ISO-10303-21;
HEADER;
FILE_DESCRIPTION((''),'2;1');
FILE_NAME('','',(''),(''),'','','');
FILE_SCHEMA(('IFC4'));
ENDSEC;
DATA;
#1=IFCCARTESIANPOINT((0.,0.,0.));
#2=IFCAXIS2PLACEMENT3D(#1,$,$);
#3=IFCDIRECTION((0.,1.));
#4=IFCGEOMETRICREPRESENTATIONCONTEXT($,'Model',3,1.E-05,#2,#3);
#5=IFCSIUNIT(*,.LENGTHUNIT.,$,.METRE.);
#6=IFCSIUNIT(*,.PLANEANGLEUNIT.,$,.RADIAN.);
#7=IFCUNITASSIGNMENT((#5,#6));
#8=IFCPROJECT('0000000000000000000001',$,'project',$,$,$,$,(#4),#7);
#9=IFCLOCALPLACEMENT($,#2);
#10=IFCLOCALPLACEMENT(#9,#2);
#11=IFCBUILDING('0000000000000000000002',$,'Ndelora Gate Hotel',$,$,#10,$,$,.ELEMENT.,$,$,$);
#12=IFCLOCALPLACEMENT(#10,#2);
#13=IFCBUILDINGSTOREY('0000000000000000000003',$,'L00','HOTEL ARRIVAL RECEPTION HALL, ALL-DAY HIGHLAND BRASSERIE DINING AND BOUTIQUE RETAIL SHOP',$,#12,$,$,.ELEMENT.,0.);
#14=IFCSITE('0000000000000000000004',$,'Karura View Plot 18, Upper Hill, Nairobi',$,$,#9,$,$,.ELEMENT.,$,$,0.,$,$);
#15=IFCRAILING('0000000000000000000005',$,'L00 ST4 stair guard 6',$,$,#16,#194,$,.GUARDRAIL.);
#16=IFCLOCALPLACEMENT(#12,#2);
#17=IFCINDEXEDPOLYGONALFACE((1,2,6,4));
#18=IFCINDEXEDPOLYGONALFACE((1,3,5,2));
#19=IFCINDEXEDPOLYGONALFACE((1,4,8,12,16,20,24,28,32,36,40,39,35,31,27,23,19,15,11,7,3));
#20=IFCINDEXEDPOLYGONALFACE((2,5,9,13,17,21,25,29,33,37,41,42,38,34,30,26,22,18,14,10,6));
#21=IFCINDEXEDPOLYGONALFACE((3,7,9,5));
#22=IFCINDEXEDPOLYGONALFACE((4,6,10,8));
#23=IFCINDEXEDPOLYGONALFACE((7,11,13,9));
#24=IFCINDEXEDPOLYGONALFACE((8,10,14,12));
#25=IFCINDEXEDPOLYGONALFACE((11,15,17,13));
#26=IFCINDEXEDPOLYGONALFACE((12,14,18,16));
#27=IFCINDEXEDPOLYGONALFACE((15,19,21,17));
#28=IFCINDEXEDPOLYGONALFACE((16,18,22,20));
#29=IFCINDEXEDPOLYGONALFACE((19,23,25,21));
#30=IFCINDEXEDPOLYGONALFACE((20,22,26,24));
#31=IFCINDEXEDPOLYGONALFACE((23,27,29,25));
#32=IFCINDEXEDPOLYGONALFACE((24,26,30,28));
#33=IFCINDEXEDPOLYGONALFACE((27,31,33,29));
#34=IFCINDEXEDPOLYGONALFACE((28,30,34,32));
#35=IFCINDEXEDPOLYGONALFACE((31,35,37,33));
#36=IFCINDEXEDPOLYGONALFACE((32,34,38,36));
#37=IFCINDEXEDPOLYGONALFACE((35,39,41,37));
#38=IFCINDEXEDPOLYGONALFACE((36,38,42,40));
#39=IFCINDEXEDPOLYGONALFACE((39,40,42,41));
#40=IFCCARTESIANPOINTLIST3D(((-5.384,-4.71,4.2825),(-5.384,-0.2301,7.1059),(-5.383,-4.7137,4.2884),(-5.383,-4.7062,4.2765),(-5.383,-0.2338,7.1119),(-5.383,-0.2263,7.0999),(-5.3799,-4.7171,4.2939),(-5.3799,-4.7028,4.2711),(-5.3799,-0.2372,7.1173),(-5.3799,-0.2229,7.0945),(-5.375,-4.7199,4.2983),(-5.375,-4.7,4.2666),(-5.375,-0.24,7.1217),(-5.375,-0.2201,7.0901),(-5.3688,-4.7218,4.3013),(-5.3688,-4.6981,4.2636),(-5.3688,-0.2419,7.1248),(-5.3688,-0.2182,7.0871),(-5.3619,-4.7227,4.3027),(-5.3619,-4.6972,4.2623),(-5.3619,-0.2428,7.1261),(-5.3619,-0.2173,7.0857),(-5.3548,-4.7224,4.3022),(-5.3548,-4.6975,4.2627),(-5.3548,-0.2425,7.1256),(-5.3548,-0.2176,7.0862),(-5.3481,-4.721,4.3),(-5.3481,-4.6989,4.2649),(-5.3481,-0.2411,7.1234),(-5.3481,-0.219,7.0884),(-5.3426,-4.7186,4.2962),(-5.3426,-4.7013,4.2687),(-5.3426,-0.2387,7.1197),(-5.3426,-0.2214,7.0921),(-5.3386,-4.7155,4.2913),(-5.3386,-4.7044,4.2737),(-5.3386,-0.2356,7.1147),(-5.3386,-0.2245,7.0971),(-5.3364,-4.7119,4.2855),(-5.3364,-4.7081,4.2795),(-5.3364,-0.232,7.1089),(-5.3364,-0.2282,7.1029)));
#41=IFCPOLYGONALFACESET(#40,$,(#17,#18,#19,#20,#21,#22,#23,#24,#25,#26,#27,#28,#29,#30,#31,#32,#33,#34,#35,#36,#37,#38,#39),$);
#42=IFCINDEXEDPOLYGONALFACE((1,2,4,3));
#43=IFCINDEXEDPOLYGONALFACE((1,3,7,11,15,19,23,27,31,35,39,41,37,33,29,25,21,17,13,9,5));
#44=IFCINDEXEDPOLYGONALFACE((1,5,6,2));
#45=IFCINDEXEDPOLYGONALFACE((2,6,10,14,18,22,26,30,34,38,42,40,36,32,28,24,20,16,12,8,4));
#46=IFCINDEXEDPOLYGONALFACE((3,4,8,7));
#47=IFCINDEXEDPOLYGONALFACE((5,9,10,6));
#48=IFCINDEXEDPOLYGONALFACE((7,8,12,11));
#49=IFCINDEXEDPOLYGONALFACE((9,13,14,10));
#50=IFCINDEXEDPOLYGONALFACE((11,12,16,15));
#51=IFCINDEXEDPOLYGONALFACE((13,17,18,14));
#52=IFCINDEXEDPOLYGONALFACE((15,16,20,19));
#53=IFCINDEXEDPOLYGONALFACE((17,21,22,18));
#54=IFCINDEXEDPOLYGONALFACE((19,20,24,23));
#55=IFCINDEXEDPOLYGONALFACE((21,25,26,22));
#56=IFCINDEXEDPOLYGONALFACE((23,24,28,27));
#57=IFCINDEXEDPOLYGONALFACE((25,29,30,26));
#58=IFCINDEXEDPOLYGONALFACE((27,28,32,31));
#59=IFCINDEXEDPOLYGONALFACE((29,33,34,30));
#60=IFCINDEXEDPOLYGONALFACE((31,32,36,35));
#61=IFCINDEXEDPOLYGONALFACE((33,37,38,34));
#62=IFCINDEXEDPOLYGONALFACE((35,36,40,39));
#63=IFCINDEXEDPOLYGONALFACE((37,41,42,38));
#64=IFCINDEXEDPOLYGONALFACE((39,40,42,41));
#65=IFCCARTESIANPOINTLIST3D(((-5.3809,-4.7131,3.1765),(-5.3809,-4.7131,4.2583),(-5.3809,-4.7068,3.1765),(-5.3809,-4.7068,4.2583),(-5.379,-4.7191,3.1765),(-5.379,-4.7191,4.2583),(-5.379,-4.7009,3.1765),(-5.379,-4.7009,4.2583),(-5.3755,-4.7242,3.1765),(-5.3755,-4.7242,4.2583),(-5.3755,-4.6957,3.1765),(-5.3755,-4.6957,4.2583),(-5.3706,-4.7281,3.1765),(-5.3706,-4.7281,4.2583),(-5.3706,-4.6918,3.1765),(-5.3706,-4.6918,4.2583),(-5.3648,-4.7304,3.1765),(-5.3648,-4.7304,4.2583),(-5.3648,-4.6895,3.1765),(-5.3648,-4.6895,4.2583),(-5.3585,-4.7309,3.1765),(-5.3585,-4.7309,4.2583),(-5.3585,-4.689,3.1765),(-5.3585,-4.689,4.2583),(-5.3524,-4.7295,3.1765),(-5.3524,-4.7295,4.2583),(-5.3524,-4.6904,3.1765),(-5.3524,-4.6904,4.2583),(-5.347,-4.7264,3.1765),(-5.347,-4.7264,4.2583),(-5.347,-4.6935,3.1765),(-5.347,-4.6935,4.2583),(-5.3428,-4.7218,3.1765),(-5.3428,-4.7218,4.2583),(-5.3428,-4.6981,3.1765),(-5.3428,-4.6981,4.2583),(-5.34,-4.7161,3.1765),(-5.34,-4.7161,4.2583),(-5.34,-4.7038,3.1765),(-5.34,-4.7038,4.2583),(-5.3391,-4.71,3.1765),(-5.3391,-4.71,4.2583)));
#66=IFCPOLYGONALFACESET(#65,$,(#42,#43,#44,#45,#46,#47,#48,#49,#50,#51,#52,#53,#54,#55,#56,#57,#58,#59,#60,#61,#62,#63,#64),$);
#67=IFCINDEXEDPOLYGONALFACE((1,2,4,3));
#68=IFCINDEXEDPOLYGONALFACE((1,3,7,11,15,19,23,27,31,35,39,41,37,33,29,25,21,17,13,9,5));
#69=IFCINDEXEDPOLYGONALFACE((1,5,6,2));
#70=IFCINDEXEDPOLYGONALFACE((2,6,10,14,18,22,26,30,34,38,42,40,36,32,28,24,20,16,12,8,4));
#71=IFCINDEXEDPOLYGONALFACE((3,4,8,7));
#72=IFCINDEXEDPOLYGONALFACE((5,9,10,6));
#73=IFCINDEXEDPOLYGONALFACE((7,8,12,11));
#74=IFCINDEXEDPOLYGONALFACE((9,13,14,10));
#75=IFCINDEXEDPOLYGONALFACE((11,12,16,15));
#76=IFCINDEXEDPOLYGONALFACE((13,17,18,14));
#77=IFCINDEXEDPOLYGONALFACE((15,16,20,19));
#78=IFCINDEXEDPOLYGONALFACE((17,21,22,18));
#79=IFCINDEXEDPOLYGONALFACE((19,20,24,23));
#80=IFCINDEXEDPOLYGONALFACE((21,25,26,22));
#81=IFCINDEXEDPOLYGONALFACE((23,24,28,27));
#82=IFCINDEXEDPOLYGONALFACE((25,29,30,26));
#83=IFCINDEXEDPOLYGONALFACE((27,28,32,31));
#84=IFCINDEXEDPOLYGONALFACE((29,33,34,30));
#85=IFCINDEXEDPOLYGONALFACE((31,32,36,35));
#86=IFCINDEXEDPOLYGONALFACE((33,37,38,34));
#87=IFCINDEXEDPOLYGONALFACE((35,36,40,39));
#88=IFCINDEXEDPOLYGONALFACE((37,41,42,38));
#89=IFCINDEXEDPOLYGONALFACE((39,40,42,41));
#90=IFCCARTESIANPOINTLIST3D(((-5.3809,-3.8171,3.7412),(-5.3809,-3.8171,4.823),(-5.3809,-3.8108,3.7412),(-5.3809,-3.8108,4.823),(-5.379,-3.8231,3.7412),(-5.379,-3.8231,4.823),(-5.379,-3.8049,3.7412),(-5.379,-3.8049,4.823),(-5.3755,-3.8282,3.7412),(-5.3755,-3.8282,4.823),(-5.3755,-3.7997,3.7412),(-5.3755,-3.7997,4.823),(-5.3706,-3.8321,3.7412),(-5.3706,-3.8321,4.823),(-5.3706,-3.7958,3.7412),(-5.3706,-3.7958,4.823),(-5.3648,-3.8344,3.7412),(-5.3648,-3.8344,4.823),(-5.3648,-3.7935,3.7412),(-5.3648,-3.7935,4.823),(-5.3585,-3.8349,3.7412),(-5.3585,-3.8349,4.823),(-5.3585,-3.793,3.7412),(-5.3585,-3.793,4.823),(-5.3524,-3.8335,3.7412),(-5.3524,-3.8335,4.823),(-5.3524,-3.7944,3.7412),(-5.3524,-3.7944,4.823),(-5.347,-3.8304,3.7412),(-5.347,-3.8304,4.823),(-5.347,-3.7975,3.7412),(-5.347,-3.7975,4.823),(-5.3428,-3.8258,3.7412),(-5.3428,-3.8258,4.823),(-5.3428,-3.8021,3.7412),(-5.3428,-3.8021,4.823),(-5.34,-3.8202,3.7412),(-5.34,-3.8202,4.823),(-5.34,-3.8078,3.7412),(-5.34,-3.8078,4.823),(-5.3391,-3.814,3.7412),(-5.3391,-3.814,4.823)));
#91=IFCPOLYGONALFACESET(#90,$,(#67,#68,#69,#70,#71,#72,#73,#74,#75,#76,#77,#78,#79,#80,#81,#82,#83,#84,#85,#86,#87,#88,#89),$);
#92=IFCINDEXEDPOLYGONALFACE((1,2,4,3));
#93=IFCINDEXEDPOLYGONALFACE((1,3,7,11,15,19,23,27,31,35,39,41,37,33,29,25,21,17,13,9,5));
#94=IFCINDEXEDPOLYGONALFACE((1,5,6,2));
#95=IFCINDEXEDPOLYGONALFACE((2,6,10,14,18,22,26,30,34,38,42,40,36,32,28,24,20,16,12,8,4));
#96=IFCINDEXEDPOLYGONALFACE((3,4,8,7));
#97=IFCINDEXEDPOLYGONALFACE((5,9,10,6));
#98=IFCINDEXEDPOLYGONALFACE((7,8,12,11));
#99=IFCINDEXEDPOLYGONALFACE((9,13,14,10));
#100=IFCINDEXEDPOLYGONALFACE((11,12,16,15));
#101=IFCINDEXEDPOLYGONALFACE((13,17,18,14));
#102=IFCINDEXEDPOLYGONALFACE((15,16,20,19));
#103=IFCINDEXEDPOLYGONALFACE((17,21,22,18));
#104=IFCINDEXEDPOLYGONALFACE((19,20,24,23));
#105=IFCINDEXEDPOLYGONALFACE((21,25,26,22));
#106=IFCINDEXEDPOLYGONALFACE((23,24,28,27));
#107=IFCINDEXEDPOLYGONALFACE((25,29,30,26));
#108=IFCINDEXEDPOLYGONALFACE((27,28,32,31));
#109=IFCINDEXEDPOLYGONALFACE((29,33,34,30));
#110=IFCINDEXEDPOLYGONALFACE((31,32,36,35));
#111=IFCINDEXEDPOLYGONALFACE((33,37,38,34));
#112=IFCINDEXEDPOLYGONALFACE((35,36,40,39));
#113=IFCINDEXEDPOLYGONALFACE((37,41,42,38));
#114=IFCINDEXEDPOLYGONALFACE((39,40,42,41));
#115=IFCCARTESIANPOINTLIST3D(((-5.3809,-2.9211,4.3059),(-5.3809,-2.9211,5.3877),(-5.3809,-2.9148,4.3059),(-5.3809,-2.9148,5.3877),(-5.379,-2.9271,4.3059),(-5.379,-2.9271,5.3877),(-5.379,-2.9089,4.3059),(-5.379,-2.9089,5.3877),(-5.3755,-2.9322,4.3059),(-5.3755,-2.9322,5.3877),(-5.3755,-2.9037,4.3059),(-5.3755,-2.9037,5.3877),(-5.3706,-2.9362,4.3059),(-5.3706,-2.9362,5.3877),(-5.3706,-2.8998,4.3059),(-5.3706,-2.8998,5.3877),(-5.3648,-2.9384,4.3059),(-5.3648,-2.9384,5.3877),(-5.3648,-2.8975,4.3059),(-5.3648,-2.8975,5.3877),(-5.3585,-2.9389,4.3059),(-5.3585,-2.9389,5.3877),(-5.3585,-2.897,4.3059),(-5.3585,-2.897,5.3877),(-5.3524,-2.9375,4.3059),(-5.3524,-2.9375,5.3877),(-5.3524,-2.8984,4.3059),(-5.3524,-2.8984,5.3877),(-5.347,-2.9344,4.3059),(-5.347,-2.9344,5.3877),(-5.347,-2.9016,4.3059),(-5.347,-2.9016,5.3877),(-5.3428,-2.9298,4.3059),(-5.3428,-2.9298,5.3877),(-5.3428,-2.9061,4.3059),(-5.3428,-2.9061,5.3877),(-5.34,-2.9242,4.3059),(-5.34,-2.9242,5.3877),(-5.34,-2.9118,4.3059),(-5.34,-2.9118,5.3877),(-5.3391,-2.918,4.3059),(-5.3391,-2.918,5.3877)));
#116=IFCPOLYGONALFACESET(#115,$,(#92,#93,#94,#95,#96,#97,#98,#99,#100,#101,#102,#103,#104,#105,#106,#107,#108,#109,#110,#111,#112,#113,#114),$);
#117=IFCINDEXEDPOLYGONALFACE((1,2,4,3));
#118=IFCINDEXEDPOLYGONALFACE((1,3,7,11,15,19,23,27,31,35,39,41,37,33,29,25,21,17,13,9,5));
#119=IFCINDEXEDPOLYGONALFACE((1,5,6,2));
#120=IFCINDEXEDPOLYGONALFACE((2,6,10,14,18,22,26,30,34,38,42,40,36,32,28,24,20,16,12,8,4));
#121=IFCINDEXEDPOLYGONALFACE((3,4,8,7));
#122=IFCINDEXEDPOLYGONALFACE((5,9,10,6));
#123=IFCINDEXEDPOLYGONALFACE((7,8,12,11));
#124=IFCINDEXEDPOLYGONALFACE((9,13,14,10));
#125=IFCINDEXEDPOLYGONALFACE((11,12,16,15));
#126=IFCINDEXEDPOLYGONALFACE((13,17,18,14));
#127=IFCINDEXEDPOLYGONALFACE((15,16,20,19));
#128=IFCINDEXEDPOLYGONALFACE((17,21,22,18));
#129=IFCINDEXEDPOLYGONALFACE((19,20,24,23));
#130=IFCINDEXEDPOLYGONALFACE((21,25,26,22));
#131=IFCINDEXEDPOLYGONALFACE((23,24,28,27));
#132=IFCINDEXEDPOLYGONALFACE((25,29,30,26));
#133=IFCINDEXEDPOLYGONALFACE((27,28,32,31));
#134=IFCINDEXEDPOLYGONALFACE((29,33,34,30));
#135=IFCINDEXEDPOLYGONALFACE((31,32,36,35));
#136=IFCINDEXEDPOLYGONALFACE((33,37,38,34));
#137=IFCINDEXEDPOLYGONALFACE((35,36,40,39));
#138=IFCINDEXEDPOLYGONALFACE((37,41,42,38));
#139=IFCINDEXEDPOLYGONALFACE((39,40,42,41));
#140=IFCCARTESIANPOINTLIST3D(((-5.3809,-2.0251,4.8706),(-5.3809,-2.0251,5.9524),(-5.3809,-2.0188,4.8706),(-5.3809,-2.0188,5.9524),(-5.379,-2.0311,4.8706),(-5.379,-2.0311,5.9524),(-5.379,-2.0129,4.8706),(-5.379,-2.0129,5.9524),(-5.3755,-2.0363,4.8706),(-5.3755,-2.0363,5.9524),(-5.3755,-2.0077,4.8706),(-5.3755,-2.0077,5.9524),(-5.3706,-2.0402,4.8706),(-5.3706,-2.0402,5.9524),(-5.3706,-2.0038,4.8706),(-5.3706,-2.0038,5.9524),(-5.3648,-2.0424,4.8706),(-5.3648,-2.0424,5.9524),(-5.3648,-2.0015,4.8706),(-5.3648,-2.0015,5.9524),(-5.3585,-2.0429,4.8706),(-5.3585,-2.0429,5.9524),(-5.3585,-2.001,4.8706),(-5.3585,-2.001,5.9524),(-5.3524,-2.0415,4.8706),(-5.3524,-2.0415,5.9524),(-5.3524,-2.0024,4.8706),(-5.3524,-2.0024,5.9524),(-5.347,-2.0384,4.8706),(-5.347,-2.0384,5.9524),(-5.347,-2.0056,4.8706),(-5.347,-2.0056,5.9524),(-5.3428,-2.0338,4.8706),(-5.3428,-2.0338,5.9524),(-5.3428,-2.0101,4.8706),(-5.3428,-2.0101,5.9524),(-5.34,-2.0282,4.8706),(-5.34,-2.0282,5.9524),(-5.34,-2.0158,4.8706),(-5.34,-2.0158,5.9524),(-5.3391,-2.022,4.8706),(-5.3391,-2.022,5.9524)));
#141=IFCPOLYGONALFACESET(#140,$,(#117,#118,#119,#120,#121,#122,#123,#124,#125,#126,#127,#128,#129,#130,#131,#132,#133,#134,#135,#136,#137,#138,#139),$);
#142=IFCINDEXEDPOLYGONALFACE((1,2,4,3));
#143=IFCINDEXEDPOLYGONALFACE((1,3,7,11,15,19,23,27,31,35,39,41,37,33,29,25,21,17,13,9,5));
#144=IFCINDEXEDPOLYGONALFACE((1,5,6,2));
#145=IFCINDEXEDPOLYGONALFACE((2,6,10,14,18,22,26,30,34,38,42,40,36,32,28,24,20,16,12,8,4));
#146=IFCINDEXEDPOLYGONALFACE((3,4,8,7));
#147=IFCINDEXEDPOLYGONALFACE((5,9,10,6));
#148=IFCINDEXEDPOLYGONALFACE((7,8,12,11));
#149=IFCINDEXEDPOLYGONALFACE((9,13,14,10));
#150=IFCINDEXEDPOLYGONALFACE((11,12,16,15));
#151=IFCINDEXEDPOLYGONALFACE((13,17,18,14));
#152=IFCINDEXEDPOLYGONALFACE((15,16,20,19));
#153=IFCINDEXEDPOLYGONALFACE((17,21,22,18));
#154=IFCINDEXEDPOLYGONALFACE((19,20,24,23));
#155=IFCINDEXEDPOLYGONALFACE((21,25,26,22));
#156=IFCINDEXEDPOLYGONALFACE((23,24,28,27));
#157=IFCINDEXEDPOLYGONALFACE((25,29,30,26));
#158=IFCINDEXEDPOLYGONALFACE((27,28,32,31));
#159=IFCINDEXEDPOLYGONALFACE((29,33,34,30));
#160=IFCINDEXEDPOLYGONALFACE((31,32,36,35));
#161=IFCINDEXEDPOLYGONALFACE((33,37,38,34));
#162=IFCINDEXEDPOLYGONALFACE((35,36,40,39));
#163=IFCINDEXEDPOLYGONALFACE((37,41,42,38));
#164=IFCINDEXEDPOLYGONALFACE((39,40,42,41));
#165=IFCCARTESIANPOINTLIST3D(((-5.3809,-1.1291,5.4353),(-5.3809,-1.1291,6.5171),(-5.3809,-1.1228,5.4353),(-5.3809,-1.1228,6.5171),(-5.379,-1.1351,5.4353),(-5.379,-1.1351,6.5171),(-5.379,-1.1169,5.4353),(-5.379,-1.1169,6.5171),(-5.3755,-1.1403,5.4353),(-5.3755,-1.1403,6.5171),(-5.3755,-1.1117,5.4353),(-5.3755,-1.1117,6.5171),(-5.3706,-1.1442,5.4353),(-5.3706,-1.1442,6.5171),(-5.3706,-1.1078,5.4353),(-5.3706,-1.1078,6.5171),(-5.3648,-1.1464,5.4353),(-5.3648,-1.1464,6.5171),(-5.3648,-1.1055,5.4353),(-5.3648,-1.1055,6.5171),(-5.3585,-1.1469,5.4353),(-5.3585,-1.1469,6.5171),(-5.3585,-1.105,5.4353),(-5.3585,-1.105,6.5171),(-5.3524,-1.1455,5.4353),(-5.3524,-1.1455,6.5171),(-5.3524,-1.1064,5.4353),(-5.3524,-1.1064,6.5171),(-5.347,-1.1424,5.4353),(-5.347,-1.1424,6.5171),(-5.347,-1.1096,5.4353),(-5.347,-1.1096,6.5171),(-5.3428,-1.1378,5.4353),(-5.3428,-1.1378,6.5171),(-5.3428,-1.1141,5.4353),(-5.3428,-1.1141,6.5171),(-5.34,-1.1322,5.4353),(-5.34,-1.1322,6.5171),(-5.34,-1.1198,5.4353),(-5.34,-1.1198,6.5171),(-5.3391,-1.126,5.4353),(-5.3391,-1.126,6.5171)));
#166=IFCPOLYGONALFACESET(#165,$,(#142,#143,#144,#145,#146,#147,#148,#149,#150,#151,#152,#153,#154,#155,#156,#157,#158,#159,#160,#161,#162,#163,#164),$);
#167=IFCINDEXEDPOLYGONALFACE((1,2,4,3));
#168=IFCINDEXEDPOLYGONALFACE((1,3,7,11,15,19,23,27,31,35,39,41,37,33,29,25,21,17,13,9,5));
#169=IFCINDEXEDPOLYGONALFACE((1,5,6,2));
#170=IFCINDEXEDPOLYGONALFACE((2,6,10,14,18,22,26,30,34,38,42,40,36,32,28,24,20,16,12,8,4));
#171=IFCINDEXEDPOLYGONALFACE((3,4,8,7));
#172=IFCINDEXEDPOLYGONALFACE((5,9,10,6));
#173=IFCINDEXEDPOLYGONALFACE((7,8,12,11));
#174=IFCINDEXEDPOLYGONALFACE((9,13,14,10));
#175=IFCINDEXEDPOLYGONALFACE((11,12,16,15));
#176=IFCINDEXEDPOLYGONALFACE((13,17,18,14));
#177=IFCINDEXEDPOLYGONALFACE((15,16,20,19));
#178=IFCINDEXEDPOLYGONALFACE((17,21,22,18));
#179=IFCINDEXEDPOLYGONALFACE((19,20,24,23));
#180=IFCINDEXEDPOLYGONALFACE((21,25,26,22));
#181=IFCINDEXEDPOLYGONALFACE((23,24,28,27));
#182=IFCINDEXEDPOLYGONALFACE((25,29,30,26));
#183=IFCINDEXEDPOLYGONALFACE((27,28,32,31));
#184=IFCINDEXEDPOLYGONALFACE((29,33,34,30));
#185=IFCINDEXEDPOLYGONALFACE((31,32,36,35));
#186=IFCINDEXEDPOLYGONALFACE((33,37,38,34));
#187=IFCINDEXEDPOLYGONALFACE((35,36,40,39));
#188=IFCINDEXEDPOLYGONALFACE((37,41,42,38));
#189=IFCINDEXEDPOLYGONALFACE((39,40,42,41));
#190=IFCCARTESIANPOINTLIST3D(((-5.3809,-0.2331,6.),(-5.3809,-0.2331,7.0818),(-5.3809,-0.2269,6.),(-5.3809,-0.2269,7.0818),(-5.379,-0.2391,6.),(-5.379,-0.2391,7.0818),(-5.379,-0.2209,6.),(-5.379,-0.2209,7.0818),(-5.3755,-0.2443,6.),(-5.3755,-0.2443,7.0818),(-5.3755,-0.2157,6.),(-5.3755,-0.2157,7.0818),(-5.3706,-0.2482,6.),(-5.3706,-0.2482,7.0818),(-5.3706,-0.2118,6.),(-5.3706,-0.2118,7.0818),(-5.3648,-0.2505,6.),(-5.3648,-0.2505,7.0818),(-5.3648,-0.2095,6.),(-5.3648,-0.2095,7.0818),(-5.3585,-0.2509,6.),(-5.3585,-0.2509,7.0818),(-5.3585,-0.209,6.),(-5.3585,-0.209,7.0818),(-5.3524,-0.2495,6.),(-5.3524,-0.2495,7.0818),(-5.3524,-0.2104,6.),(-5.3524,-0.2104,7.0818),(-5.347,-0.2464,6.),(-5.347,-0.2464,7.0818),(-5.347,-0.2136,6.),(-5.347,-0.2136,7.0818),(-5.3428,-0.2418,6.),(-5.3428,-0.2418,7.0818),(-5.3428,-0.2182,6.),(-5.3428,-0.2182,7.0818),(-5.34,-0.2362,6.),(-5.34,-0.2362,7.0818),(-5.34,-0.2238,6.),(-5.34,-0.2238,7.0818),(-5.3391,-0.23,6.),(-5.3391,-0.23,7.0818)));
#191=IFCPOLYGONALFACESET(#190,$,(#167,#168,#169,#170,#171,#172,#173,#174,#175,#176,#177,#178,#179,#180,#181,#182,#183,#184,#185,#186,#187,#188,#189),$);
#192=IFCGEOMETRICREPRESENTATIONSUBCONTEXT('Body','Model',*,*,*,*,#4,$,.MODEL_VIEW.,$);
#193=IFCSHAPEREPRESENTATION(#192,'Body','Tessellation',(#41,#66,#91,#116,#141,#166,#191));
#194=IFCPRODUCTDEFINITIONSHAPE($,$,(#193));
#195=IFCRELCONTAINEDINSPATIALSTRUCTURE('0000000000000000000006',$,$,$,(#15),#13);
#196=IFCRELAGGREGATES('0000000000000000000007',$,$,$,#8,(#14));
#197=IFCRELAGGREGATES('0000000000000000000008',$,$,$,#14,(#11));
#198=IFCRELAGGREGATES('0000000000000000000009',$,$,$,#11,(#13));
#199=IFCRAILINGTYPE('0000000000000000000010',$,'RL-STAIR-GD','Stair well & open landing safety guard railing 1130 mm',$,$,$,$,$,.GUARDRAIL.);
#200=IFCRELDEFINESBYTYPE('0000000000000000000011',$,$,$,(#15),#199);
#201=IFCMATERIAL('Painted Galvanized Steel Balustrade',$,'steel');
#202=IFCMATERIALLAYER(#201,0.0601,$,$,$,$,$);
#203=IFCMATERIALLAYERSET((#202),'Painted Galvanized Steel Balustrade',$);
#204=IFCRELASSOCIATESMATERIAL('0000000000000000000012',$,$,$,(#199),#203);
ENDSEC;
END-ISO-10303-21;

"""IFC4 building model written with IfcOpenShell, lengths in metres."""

from ifc_helpers import new_model, si_unit, direction, frame, origin, origin_2d, place, context, subcontext, project, spatial, circle, extrude, material, layer, layer_set, type_object, element, save


model = new_model("IFC4")

# Units and contexts
model_context = context("Model", 3, precision=1e-05, world=origin(), true_north=direction((0.0, 1.0)))
body_context = subcontext(model_context, "Body", "Model", "MODEL_VIEW")
ifc_project = project(units=[si_unit("LENGTHUNIT", "METRE"), si_unit("PLANEANGLEUNIT", "RADIAN")], contexts=[model_context])

# Site, building, storey
site_placement = place(None, origin())
site = spatial("IfcSite", under=ifc_project, at=site_placement, Name="Karura View Plot 18, Upper Hill, Nairobi", CompositionType="ELEMENT", RefElevation=0.0)
building_placement = place(site_placement, origin())
building = spatial("IfcBuilding", under=site, at=building_placement, Name="Ndelora Gate Hotel", CompositionType="ELEMENT")
storey_placement = place(building_placement, origin())
storey = spatial("IfcBuildingStorey", under=building, at=storey_placement, Name="L00", Description="HOTEL ARRIVAL RECEPTION HALL, ALL-DAY HIGHLAND BRASSERIE DINING AND BOUTIQUE RETAIL SHOP", CompositionType="ELEMENT", Elevation=0.0)

# Railing
ifc_material_1 = material(Name="Painted Galvanized Steel Balustrade", Category="steel")
ifc_layer_1 = layer(ifc_material_1, 0.0601)
ifc_layer_set_1 = layer_set([ifc_layer_1], Name="Painted Galvanized Steel Balustrade")
railing_type_1 = type_object("IfcRailingType", Name="RL-STAIR-GD", Description="Stair well & open landing safety guard railing 1130 mm", PredefinedType="GUARDRAIL", material=ifc_layer_set_1)
railing_1_placement = place(storey_placement, frame((-5.3601, -4.71, 3.1765)))
element("IfcRailing", 1, at=railing_1_placement, inside=storey, type_object=railing_type_1, Name="L00 ST4 stair guard 6", PredefinedType="GUARDRAIL", context=body_context, shape_type="SweptSolid", body=[
    extrude(circle(Radius=0.0239, at=origin_2d()), frame((0.0, 0.0, 1.106), z_axis=(0.0, 0.845998, 0.533186), x_axis=(-1.0, 0.0, 0.0)), (0.0, 0.0, 1.0), 5.2954),
    extrude(circle(Radius=0.021, at=origin_2d()), origin(), (0.0, 0.0, 1.0), 1.0818),
    extrude(circle(Radius=0.021, at=origin_2d()), frame((0.0, 0.896, 0.5647)), (0.0, 0.0, 1.0), 1.0818),
    extrude(circle(Radius=0.021, at=origin_2d()), frame((0.0, 1.792, 1.1294)), (0.0, 0.0, 1.0), 1.0818),
    extrude(circle(Radius=0.021, at=origin_2d()), frame((0.0, 2.688, 1.6941)), (0.0, 0.0, 1.0), 1.0818),
    extrude(circle(Radius=0.021, at=origin_2d()), frame((0.0, 3.584, 2.2588)), (0.0, 0.0, 1.0), 1.0818),
    extrude(circle(Radius=0.021, at=origin_2d()), frame((0.0, 4.48, 2.8235)), (0.0, 0.0, 1.0), 1.0818),
])

save(model, "model.ifc")
